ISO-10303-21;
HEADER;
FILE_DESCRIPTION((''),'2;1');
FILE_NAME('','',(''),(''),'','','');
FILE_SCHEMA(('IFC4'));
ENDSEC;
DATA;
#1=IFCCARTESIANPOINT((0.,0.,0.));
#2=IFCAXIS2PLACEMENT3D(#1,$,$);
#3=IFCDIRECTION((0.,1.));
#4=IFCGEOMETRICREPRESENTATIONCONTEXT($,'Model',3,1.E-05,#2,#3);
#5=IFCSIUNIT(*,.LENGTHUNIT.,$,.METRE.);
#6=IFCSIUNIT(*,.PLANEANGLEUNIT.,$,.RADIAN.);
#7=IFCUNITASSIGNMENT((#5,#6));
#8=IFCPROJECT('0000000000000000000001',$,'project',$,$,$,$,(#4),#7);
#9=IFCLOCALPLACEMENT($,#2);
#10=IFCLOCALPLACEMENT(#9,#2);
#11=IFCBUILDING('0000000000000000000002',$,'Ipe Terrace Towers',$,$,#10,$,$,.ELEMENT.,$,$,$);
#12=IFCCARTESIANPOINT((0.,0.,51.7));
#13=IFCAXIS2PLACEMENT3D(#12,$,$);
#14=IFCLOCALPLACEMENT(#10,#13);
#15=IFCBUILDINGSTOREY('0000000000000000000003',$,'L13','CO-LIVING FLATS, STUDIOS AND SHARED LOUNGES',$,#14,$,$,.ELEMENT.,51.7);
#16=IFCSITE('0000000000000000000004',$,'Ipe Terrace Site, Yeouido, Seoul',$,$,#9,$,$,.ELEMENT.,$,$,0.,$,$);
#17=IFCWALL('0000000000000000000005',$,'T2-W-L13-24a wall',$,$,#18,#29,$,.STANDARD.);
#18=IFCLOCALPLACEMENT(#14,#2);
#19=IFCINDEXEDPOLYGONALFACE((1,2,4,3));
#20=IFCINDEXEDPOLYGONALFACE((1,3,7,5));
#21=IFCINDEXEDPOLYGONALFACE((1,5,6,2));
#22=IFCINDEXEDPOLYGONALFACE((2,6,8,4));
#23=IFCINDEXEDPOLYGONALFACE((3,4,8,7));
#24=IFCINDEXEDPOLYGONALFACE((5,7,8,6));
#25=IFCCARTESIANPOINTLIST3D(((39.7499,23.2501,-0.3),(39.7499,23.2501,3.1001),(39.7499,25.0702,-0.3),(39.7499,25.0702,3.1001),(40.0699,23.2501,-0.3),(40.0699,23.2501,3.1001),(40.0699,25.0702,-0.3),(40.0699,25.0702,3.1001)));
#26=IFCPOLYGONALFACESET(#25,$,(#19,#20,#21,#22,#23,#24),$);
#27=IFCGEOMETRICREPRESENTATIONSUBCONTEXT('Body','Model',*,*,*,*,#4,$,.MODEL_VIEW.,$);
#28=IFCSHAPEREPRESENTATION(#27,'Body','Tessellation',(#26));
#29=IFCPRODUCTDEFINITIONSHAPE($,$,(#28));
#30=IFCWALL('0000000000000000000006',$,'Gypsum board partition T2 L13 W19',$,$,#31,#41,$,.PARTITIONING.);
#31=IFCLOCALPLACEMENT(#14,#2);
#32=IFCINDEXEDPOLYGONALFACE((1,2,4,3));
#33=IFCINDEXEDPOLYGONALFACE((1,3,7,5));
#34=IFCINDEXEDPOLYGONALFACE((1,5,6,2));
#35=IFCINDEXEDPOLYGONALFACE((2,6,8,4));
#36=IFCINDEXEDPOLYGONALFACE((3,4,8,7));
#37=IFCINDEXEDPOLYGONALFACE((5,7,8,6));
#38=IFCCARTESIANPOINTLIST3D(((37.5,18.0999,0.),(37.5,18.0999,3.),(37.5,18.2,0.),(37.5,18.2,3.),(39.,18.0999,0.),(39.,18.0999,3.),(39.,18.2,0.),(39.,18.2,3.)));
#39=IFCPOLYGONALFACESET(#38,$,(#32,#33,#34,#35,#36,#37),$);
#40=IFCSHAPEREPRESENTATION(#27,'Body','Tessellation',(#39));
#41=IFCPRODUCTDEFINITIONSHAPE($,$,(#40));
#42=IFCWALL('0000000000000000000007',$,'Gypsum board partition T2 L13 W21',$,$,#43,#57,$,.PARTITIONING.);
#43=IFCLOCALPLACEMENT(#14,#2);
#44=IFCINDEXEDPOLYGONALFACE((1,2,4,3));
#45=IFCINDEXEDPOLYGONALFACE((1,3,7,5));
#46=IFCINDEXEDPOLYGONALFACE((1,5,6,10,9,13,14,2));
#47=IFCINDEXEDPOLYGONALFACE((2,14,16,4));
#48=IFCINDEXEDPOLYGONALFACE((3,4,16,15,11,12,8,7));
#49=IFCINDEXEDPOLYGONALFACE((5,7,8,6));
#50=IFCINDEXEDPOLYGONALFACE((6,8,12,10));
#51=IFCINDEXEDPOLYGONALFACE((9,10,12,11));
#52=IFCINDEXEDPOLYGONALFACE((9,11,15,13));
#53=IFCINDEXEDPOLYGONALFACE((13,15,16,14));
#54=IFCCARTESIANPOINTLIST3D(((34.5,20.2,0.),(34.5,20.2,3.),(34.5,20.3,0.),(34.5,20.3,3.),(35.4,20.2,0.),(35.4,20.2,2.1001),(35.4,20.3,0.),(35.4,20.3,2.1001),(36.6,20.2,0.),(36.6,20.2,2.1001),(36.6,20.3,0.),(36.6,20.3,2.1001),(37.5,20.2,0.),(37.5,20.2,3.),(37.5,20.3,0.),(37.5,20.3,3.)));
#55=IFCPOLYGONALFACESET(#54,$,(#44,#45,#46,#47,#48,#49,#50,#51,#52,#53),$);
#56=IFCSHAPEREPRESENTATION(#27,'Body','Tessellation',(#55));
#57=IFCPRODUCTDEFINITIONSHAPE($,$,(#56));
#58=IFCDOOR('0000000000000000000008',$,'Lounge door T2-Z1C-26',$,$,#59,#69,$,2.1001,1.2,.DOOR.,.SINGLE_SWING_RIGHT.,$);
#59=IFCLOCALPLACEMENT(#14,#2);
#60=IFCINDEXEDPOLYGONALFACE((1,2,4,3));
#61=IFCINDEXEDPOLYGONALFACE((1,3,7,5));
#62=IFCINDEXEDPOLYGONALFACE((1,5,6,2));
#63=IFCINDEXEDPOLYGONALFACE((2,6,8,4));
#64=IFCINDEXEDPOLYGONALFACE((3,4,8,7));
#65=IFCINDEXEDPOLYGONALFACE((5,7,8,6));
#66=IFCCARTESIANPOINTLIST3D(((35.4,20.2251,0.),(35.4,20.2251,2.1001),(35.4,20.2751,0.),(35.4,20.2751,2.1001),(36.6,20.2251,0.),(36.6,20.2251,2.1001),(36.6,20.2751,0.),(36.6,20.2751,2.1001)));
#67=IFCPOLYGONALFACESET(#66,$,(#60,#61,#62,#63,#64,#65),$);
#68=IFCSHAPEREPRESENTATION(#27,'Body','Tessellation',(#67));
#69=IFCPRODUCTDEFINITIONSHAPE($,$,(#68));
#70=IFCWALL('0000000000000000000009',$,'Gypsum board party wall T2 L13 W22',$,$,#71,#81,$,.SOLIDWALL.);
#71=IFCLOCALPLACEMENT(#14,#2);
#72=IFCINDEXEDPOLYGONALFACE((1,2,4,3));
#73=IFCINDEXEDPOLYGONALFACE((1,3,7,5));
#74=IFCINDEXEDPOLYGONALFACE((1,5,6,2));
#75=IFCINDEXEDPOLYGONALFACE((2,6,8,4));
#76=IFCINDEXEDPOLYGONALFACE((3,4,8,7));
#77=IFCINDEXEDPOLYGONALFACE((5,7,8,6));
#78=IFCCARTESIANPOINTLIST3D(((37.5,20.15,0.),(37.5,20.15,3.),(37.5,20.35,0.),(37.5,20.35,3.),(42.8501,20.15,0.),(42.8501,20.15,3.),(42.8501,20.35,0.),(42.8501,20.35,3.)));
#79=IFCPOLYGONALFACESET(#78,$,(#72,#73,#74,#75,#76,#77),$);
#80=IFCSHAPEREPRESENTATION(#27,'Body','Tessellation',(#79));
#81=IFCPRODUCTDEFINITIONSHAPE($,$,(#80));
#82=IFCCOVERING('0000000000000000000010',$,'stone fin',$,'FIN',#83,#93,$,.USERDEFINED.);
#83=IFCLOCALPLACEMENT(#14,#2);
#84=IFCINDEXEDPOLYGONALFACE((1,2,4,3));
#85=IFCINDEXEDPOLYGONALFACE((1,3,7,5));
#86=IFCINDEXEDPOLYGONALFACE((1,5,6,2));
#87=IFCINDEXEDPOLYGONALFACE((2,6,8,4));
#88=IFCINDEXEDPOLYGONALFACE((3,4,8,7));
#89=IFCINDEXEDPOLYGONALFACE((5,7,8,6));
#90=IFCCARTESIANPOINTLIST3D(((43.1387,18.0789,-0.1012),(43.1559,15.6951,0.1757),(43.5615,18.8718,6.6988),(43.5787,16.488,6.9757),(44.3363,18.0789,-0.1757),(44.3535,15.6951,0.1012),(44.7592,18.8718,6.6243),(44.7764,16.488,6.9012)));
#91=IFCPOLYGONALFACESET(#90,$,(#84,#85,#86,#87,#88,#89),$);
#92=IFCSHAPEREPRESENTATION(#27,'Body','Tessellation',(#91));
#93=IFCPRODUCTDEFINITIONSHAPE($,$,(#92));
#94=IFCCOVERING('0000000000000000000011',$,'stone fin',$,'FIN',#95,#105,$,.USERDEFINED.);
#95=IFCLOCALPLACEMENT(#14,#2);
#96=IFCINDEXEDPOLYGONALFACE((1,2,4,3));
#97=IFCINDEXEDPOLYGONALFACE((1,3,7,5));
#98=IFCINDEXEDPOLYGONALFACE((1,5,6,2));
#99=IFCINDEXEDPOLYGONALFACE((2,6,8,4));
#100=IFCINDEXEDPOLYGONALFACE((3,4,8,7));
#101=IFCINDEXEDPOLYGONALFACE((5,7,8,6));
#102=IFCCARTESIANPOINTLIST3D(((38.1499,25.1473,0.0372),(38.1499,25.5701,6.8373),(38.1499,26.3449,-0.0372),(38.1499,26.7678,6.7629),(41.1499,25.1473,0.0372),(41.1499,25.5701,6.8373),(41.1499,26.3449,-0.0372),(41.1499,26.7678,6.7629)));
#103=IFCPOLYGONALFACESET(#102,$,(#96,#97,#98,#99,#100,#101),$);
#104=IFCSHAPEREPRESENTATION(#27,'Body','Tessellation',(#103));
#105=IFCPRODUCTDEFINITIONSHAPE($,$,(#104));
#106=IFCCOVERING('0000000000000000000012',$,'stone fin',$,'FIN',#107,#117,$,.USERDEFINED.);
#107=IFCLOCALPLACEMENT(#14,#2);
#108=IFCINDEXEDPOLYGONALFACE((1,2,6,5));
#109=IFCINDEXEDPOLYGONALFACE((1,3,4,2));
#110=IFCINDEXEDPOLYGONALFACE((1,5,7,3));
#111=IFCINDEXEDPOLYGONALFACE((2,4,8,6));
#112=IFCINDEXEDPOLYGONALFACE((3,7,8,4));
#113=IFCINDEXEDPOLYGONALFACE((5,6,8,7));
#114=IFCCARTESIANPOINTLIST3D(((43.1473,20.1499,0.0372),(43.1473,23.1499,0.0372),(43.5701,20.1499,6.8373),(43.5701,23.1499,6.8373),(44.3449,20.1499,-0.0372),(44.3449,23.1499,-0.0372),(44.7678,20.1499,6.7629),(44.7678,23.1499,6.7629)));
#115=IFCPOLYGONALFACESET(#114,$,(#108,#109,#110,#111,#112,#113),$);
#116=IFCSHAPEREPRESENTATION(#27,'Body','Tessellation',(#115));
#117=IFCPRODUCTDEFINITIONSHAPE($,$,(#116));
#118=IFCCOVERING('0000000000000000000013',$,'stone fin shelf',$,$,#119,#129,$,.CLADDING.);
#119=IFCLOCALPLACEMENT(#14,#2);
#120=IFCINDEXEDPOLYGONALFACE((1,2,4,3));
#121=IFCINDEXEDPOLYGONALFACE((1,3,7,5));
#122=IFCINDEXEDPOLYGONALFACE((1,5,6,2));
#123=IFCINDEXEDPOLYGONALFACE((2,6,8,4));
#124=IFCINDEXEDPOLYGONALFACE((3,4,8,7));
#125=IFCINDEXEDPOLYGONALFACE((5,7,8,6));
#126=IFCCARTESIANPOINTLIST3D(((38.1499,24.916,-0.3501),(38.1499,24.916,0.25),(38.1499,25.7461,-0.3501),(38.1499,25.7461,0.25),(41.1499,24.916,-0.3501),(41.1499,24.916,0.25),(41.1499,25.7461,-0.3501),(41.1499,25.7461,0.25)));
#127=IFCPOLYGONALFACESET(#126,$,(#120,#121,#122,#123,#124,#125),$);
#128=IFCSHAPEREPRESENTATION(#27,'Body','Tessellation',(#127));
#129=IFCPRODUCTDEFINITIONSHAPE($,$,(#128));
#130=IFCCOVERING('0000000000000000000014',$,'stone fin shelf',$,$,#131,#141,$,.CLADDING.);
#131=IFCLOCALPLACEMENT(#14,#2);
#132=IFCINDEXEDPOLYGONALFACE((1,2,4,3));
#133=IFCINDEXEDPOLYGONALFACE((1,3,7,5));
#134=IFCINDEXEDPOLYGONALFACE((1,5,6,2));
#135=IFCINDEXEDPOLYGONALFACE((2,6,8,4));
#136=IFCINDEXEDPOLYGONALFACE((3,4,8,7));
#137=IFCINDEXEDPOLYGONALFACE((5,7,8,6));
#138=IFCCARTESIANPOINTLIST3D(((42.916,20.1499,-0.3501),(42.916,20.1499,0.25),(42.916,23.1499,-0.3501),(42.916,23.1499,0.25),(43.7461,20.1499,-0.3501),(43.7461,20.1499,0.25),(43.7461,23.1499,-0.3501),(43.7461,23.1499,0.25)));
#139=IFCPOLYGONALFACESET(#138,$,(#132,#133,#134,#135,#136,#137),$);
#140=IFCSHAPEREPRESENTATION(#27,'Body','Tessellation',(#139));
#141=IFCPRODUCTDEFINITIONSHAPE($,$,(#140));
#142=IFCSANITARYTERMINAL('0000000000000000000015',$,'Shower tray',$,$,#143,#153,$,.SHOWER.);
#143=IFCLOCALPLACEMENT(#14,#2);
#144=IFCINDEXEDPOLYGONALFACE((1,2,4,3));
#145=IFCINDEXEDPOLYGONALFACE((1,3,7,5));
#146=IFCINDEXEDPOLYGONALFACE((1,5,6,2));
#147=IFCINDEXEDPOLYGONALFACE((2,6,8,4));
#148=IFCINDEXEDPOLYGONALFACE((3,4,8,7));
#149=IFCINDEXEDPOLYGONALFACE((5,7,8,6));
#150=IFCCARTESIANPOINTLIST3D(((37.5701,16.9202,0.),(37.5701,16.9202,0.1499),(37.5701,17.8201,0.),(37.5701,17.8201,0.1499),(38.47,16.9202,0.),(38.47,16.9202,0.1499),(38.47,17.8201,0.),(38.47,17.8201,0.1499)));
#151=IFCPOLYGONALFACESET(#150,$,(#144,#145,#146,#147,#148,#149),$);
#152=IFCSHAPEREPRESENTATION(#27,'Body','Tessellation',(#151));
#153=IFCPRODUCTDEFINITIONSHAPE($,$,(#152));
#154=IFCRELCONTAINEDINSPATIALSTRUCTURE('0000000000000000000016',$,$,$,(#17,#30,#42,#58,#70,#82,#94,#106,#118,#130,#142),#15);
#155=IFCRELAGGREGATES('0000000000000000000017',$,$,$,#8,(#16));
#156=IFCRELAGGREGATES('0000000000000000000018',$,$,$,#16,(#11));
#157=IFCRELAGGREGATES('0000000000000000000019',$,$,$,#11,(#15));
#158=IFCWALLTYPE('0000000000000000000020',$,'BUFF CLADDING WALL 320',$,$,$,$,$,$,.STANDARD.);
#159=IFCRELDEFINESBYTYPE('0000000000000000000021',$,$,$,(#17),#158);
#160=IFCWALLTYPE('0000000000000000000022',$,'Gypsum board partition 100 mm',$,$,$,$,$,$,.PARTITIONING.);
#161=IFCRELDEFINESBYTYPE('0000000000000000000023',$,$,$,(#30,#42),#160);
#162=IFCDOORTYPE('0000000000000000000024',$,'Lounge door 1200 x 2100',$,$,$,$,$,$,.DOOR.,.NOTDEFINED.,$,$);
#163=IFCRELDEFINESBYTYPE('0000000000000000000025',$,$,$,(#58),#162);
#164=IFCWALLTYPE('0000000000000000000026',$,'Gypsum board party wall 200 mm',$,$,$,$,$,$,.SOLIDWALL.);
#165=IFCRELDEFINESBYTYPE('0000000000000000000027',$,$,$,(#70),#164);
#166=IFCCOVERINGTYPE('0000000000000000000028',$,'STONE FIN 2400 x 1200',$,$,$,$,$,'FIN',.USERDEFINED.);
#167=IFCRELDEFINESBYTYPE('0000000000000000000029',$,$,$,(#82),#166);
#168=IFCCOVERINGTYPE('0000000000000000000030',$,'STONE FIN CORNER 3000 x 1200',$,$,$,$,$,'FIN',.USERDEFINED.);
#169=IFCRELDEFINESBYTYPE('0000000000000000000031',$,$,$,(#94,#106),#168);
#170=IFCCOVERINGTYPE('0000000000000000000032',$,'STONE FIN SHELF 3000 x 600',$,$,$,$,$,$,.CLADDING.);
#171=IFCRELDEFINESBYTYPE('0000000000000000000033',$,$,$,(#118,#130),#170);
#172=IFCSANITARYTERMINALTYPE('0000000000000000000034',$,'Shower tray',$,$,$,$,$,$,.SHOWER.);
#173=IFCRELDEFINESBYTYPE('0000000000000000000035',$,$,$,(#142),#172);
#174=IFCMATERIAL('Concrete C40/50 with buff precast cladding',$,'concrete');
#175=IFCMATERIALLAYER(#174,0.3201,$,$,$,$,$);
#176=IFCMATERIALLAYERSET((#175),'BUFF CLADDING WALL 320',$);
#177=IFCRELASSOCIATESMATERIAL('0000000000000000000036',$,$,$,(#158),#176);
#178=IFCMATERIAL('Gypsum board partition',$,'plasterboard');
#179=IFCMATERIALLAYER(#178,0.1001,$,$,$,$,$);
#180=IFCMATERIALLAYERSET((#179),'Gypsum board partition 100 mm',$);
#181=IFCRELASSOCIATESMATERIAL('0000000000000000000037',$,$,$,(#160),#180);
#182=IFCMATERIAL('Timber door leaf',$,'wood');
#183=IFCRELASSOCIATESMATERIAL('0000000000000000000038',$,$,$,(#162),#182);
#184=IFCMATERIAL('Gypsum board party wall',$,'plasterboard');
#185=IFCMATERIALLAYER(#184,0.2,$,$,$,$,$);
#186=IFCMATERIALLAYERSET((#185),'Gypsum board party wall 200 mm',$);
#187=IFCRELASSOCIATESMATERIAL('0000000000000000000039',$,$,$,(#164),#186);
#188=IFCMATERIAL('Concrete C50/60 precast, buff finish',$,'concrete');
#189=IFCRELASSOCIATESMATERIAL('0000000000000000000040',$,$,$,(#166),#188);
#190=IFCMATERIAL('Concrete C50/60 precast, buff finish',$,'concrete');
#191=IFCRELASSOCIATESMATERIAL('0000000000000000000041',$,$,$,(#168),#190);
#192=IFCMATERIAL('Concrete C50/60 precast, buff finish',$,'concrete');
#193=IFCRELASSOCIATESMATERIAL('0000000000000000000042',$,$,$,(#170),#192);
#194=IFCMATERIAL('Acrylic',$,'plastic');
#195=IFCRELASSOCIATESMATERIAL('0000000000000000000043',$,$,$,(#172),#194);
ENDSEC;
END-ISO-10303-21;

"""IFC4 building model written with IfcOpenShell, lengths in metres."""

from ifc_helpers import new_model, si_unit, direction, frame, frame_2d, origin, origin_2d, place, context, subcontext, project, spatial, rectangle, extrude, material, layer, layer_set, material_profile, profile_set, type_object, element, fill, save


model = new_model("IFC4")

# Units and contexts
model_context = context("Model", 3, precision=1e-05, world=origin(), true_north=direction((0.0, 1.0)))
body_context = subcontext(model_context, "Body", "Model", "MODEL_VIEW")
ifc_project = project(units=[si_unit("LENGTHUNIT", "METRE"), si_unit("PLANEANGLEUNIT", "RADIAN")], contexts=[model_context])

# Site, building, storey
site_placement = place(None, origin())
site = spatial("IfcSite", under=ifc_project, at=site_placement, Name="Ipe Terrace Site, Yeouido, Seoul", CompositionType="ELEMENT", RefElevation=0.0)
building_placement = place(site_placement, origin())
building = spatial("IfcBuilding", under=site, at=building_placement, Name="Ipe Terrace Towers", CompositionType="ELEMENT")
storey_placement = place(building_placement, frame((0.0, 0.0, 51.7)))
storey = spatial("IfcBuildingStorey", under=building, at=storey_placement, Name="L13", Description="CO-LIVING FLATS, STUDIOS AND SHARED LOUNGES", CompositionType="ELEMENT", Elevation=51.7)

# Walls
ifc_material_1 = material(Name="Concrete C40/50 with buff precast cladding", Category="concrete")
ifc_layer_1 = layer(ifc_material_1, 0.3201)
ifc_layer_set_1 = layer_set([ifc_layer_1], Name="BUFF CLADDING WALL 320")
wall_type_1 = type_object("IfcWallType", Name="BUFF CLADDING WALL 320", PredefinedType="STANDARD", material=ifc_layer_set_1)
wall_1_placement = place(storey_placement, frame((39.9099, 23.25, -0.3), z_axis=(0.0, 0.0, 1.0), x_axis=(0.0, 1.0, 0.0)))
element("IfcWall", 1, at=wall_1_placement, inside=storey, type_object=wall_type_1, Name="T2-W-L13-24a wall", PredefinedType="STANDARD", context=body_context, shape_type="SweptSolid", body=[
    extrude(rectangle(XDim=1.8201, YDim=0.3201, at=frame_2d((0.9102, 0.0))), origin(), (0.0, 0.0, 1.0), 3.4001),
])
ifc_material_2 = material(Name="Gypsum board partition", Category="plasterboard")
ifc_layer_2 = layer(ifc_material_2, 0.1001)
ifc_layer_set_2 = layer_set([ifc_layer_2], Name="Gypsum board partition 100 mm")
wall_type_2 = type_object("IfcWallType", Name="Gypsum board partition 100 mm", PredefinedType="PARTITIONING", material=ifc_layer_set_2)
wall_2_placement = place(storey_placement, frame((39.0, 18.1499, 0.0), z_axis=(0.0, 0.0, 1.0), x_axis=(-1.0, 0.0, 0.0)))
element("IfcWall", 2, at=wall_2_placement, inside=storey, type_object=wall_type_2, Name="Gypsum board partition T2 L13 W19", PredefinedType="PARTITIONING", context=body_context, shape_type="SweptSolid", body=[
    extrude(rectangle(XDim=1.5, YDim=0.1001, at=frame_2d((0.75, 0.0))), origin(), (0.0, 0.0, 1.0), 3.0),
])

# Wall, opening, door
wall_3_placement = place(storey_placement, frame((37.5, 20.25, 0.0), z_axis=(0.0, 0.0, 1.0), x_axis=(-1.0, 0.0, 0.0)))
wall_3 = element("IfcWall", 3, at=wall_3_placement, inside=storey, type_object=wall_type_2, Name="Gypsum board partition T2 L13 W21", PredefinedType="PARTITIONING", context=body_context, shape_type="SweptSolid", body=[
    extrude(rectangle(XDim=3.0, YDim=0.1001, at=frame_2d((1.5, 0.0))), origin(), (0.0, 0.0, 1.0), 3.0),
])
opening_placement = place(wall_3_placement, frame((0.8999, 0.0, 0.0)))
opening = element("IfcOpeningElement", 4, at=opening_placement, cuts=wall_3, PredefinedType="OPENING", context=body_context, shape_type="SweptSolid", body=[
    extrude(rectangle(XDim=1.2, YDim=2.1001, at=frame_2d((0.6001, 1.05))), frame((0.0, 0.0601, 0.0), z_axis=(0.0, -1.0, 0.0), x_axis=(1.0, 0.0, 0.0)), (0.0, 0.0, 1.0), 0.1201),
])
ifc_material_3 = material(Name="Timber door leaf", Category="wood")
door_type = type_object("IfcDoorType", Name="Lounge door 1200 x 2100", OperationType="NOTDEFINED", PredefinedType="DOOR", material=ifc_material_3)
door_placement = place(opening_placement, origin())
door = element("IfcDoor", 5, at=door_placement, inside=storey, type_object=door_type, Name="Lounge door T2-Z1C-26", OperationType="SINGLE_SWING_RIGHT", OverallHeight=2.1001, OverallWidth=1.2, PredefinedType="DOOR", context=body_context, shape_type="SweptSolid", body=[
    extrude(rectangle(XDim=1.2, YDim=2.1001, at=frame_2d((0.6001, 1.05))), frame((0.0, 0.0249, 0.0), z_axis=(0.0, -1.0, 0.0), x_axis=(1.0, 0.0, 0.0)), (0.0, 0.0, 1.0), 0.05),
])
fill(opening, door)

# Wall
ifc_material_4 = material(Name="Gypsum board party wall", Category="plasterboard")
ifc_layer_3 = layer(ifc_material_4, 0.2)
ifc_layer_set_3 = layer_set([ifc_layer_3], Name="Gypsum board party wall 200 mm")
wall_type_3 = type_object("IfcWallType", Name="Gypsum board party wall 200 mm", PredefinedType="SOLIDWALL", material=ifc_layer_set_3)
wall_4_placement = place(storey_placement, frame((42.8501, 20.25, 0.0), z_axis=(0.0, 0.0, 1.0), x_axis=(-1.0, 0.0, 0.0)))
element("IfcWall", 6, at=wall_4_placement, inside=storey, type_object=wall_type_3, Name="Gypsum board party wall T2 L13 W22", PredefinedType="SOLIDWALL", context=body_context, shape_type="SweptSolid", body=[
    extrude(rectangle(XDim=5.3501, YDim=0.2, at=frame_2d((2.675, 0.0))), origin(), (0.0, 0.0, 1.0), 3.0),
])

# Coverings
ifc_material_5 = material(Name="Concrete C50/60 precast, buff finish", Category="concrete")
ifc_material_profile_1 = material_profile(ifc_material_5, rectangle(XDim=2.3999, YDim=1.2, at=origin_2d()), Name="STONE FIN 2400 x 1200")
ifc_profile_set_1 = profile_set([ifc_material_profile_1], Name="Concrete C50/60 precast, buff finish")
covering_type_1 = type_object("IfcCoveringType", Name="STONE FIN 2400 x 1200", ElementType="FIN", PredefinedType="USERDEFINED", material=ifc_profile_set_1)
covering_placement = place(storey_placement, frame((43.7461, 16.887, 0.0), z_axis=(0.061648, 0.115607, 0.99138), x_axis=(-0.007175, 0.993295, -0.115384)))
element("IfcCovering", 7, at=covering_placement, inside=storey, type_object=covering_type_1, Name="stone fin", ObjectType="FIN", PredefinedType="USERDEFINED", context=body_context, shape_type="SweptSolid", body=[
    extrude(rectangle(XDim=2.3999, YDim=1.2, at=origin_2d()), origin(), (0.0, 0.0, 1.0), 6.8591),
])
ifc_material_6 = material(Name="Concrete C50/60 precast, buff finish", Category="concrete")
ifc_material_profile_2 = material_profile(ifc_material_6, rectangle(XDim=3.0, YDim=1.2, at=origin_2d()), Name="STONE FIN CORNER 3000 x 1200")
ifc_profile_set_2 = profile_set([ifc_material_profile_2], Name="Concrete C50/60 precast, buff finish")
covering_type_2 = type_object("IfcCoveringType", Name="STONE FIN CORNER 3000 x 1200", ElementType="FIN", PredefinedType="USERDEFINED", material=ifc_profile_set_2)
for number, where, z_axis, x_axis, name in (
    (8, (39.6499, 25.7461, 0.0), (0.0, 0.062064, 0.998072), (-1.0, 0.0, 0.0), "stone fin"),
    (9, (43.7461, 21.6499, 0.0), (0.062064, 0.0, 0.998072), (0.0, 1.0, 0.0), "stone fin"),
):
    element("IfcCovering", number, at=place(storey_placement, frame(where, z_axis=z_axis, x_axis=x_axis)), inside=storey, type_object=covering_type_2, Name=name, ObjectType="FIN", PredefinedType="USERDEFINED", context=body_context, shape_type="SweptSolid", body=[
        extrude(rectangle(XDim=3.0, YDim=1.2, at=origin_2d()), origin(), (0.0, 0.0, 1.0), 6.8132),
    ])
ifc_material_7 = material(Name="Concrete C50/60 precast, buff finish", Category="concrete")
covering_type_3 = type_object("IfcCoveringType", Name="STONE FIN SHELF 3000 x 600", PredefinedType="CLADDING", material=ifc_material_7)
for number, where, z_axis, x_axis, name in (
    (10, (39.6499, 25.3311, -0.3501), (0.0, 0.0, 1.0), (-1.0, 0.0, 0.0), "stone fin shelf"),
    (11, (43.3311, 21.6499, -0.3501), (0.0, 0.0, 1.0), (0.0, 1.0, 0.0), "stone fin shelf"),
):
    element("IfcCovering", number, at=place(storey_placement, frame(where, z_axis=z_axis, x_axis=x_axis)), inside=storey, type_object=covering_type_3, Name=name, PredefinedType="CLADDING", context=body_context, shape_type="SweptSolid", body=[
        extrude(rectangle(XDim=3.0, YDim=0.8301, at=origin_2d()), origin(), (0.0, 0.0, 1.0), 0.6001),
    ])

# Sanitary terminal
ifc_material_8 = material(Name="Acrylic", Category="plastic")
sanitary_terminal_type = type_object("IfcSanitaryTerminalType", Name="Shower tray", PredefinedType="SHOWER", material=ifc_material_8)
sanitary_terminal_placement = place(storey_placement, frame((38.02, 17.3701, 0.0), z_axis=(0.0, 0.0, 1.0), x_axis=(1.0, 0.0, 0.0)))
element("IfcSanitaryTerminal", 12, at=sanitary_terminal_placement, inside=storey, type_object=sanitary_terminal_type, Name="Shower tray", PredefinedType="SHOWER", context=body_context, shape_type="SweptSolid", body=[
    extrude(rectangle(XDim=0.8999, YDim=0.8999, at=origin_2d()), origin(), (0.0, 0.0, 1.0), 0.1499),
])

save(model, "model.ifc")
